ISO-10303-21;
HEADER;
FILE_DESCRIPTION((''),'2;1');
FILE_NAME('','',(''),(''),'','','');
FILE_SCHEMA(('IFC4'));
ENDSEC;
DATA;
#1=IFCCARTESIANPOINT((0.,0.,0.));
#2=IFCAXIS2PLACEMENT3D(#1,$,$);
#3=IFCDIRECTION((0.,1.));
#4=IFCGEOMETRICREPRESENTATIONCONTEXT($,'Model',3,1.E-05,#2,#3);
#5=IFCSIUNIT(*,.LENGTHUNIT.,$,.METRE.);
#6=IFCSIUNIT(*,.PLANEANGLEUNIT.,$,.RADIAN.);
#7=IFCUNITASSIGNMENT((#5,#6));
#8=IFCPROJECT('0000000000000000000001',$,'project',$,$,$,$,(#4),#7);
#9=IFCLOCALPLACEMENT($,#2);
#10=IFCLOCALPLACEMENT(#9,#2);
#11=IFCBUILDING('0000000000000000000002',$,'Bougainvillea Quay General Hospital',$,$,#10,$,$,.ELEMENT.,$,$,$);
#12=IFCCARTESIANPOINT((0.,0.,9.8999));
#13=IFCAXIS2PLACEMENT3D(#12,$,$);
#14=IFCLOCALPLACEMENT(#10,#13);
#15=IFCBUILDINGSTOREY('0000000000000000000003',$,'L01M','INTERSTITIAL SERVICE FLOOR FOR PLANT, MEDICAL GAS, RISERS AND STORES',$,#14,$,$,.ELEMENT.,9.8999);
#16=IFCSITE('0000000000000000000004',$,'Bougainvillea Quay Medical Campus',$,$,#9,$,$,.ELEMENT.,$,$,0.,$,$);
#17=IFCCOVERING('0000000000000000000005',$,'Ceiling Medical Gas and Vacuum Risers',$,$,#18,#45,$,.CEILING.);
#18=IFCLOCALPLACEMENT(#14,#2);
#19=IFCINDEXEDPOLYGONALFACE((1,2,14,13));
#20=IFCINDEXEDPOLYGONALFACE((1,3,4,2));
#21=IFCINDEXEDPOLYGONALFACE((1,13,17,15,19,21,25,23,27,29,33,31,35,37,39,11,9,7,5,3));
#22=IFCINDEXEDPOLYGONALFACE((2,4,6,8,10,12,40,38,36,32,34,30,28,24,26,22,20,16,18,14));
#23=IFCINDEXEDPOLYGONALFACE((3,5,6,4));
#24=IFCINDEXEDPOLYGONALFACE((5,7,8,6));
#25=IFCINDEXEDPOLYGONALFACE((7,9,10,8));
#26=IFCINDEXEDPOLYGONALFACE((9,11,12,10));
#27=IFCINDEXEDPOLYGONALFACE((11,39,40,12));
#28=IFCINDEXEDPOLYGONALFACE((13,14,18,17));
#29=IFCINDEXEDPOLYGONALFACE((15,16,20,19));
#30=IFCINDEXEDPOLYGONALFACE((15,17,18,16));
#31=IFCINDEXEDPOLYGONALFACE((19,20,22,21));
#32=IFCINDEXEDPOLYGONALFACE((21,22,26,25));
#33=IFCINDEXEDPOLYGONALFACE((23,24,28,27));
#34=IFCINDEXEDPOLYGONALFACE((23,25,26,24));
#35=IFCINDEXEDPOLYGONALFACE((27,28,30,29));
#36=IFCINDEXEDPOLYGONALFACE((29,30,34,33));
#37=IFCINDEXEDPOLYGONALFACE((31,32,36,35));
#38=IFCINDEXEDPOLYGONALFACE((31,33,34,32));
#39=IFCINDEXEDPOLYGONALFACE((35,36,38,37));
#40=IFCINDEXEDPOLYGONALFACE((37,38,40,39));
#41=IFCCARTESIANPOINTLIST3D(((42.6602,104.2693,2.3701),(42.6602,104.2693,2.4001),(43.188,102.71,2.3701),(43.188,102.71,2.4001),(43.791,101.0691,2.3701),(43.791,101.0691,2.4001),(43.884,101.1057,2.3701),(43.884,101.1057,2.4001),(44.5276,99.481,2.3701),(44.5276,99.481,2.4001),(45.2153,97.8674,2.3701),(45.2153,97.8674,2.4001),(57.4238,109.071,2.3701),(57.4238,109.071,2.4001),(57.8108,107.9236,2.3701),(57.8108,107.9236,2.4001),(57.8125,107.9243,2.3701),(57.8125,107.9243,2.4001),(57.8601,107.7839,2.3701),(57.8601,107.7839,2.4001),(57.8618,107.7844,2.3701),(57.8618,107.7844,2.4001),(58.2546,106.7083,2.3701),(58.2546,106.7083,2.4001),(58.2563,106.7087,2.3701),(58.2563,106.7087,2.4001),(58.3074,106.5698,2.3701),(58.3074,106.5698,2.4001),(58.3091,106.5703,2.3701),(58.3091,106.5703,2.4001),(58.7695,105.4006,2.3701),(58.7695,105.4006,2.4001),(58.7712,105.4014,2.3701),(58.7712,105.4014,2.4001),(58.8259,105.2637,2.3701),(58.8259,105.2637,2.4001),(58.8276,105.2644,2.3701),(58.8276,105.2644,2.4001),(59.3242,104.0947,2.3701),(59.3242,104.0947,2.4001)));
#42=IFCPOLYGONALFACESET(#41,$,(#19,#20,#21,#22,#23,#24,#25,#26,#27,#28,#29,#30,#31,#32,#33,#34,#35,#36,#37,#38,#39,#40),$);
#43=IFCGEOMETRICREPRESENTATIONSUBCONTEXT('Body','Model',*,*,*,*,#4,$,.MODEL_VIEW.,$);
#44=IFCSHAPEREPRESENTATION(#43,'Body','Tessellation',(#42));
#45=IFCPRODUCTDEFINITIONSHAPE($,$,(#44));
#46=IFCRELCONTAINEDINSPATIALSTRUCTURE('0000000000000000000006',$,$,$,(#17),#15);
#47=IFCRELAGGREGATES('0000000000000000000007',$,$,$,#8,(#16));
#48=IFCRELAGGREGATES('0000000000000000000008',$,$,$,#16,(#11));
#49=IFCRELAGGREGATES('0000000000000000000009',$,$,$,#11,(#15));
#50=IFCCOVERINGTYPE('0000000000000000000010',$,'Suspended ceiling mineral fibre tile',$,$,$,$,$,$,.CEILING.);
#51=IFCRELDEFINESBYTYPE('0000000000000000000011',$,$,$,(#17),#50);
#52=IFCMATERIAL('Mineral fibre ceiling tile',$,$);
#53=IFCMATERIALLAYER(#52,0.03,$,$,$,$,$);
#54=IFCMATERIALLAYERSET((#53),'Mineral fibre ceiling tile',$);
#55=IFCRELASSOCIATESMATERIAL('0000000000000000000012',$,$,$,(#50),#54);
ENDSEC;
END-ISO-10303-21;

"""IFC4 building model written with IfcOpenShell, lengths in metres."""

from ifc_helpers import new_model, si_unit, direction, frame, origin, place, context, subcontext, project, spatial, polyline, outline, extrude, material, layer, layer_set, type_object, element, save


model = new_model("IFC4")

# Units and contexts
model_context = context("Model", 3, precision=1e-05, world=origin(), true_north=direction((0.0, 1.0)))
body_context = subcontext(model_context, "Body", "Model", "MODEL_VIEW")
ifc_project = project(units=[si_unit("LENGTHUNIT", "METRE"), si_unit("PLANEANGLEUNIT", "RADIAN")], contexts=[model_context])

# Site, building, storey
site_placement = place(None, origin())
site = spatial("IfcSite", under=ifc_project, at=site_placement, Name="Bougainvillea Quay Medical Campus", CompositionType="ELEMENT", RefElevation=0.0)
building_placement = place(site_placement, origin())
building = spatial("IfcBuilding", under=site, at=building_placement, Name="Bougainvillea Quay General Hospital", CompositionType="ELEMENT")
storey_placement = place(building_placement, frame((0.0, 0.0, 9.8999)))
storey = spatial("IfcBuildingStorey", under=building, at=storey_placement, Name="L01M", Description="INTERSTITIAL SERVICE FLOOR FOR PLANT, MEDICAL GAS, RISERS AND STORES", CompositionType="ELEMENT", Elevation=9.8999)

# Covering
ifc_material = material(Name="Mineral fibre ceiling tile")
ifc_layer = layer(ifc_material, 0.03)
ifc_layer_set = layer_set([ifc_layer], Name="Mineral fibre ceiling tile")
covering_type = type_object("IfcCoveringType", Name="Suspended ceiling mineral fibre tile", PredefinedType="CEILING", material=ifc_layer_set)
covering_1_placement = place(storey_placement, frame((0.0, 0.0, 2.3701)))
element("IfcCovering", 1, at=covering_1_placement, inside=storey, type_object=covering_type, Name="Ceiling Medical Gas and Vacuum Risers", PredefinedType="CEILING", context=body_context, shape_type="SweptSolid", body=[
    extrude(outline(polyline([(43.791, 101.0691), (43.884, 101.1057), (44.5276, 99.481), (45.2153, 97.8674), (59.3242, 104.0947), (58.8276, 105.2644), (58.8259, 105.2637), (58.7695, 105.4006), (58.7712, 105.4014), (58.3091, 106.5703), (58.3074, 106.5698), (58.2546, 106.7083), (58.2563, 106.7087), (57.8618, 107.7844), (57.8601, 107.7839), (57.8108, 107.9236), (57.8125, 107.9243), (57.4238, 109.071), (42.6602, 104.2693), (43.188, 102.71), (43.791, 101.0691)])), origin(), (0.0, 0.0, 1.0), 0.03),
])

save(model, "model.ifc")
